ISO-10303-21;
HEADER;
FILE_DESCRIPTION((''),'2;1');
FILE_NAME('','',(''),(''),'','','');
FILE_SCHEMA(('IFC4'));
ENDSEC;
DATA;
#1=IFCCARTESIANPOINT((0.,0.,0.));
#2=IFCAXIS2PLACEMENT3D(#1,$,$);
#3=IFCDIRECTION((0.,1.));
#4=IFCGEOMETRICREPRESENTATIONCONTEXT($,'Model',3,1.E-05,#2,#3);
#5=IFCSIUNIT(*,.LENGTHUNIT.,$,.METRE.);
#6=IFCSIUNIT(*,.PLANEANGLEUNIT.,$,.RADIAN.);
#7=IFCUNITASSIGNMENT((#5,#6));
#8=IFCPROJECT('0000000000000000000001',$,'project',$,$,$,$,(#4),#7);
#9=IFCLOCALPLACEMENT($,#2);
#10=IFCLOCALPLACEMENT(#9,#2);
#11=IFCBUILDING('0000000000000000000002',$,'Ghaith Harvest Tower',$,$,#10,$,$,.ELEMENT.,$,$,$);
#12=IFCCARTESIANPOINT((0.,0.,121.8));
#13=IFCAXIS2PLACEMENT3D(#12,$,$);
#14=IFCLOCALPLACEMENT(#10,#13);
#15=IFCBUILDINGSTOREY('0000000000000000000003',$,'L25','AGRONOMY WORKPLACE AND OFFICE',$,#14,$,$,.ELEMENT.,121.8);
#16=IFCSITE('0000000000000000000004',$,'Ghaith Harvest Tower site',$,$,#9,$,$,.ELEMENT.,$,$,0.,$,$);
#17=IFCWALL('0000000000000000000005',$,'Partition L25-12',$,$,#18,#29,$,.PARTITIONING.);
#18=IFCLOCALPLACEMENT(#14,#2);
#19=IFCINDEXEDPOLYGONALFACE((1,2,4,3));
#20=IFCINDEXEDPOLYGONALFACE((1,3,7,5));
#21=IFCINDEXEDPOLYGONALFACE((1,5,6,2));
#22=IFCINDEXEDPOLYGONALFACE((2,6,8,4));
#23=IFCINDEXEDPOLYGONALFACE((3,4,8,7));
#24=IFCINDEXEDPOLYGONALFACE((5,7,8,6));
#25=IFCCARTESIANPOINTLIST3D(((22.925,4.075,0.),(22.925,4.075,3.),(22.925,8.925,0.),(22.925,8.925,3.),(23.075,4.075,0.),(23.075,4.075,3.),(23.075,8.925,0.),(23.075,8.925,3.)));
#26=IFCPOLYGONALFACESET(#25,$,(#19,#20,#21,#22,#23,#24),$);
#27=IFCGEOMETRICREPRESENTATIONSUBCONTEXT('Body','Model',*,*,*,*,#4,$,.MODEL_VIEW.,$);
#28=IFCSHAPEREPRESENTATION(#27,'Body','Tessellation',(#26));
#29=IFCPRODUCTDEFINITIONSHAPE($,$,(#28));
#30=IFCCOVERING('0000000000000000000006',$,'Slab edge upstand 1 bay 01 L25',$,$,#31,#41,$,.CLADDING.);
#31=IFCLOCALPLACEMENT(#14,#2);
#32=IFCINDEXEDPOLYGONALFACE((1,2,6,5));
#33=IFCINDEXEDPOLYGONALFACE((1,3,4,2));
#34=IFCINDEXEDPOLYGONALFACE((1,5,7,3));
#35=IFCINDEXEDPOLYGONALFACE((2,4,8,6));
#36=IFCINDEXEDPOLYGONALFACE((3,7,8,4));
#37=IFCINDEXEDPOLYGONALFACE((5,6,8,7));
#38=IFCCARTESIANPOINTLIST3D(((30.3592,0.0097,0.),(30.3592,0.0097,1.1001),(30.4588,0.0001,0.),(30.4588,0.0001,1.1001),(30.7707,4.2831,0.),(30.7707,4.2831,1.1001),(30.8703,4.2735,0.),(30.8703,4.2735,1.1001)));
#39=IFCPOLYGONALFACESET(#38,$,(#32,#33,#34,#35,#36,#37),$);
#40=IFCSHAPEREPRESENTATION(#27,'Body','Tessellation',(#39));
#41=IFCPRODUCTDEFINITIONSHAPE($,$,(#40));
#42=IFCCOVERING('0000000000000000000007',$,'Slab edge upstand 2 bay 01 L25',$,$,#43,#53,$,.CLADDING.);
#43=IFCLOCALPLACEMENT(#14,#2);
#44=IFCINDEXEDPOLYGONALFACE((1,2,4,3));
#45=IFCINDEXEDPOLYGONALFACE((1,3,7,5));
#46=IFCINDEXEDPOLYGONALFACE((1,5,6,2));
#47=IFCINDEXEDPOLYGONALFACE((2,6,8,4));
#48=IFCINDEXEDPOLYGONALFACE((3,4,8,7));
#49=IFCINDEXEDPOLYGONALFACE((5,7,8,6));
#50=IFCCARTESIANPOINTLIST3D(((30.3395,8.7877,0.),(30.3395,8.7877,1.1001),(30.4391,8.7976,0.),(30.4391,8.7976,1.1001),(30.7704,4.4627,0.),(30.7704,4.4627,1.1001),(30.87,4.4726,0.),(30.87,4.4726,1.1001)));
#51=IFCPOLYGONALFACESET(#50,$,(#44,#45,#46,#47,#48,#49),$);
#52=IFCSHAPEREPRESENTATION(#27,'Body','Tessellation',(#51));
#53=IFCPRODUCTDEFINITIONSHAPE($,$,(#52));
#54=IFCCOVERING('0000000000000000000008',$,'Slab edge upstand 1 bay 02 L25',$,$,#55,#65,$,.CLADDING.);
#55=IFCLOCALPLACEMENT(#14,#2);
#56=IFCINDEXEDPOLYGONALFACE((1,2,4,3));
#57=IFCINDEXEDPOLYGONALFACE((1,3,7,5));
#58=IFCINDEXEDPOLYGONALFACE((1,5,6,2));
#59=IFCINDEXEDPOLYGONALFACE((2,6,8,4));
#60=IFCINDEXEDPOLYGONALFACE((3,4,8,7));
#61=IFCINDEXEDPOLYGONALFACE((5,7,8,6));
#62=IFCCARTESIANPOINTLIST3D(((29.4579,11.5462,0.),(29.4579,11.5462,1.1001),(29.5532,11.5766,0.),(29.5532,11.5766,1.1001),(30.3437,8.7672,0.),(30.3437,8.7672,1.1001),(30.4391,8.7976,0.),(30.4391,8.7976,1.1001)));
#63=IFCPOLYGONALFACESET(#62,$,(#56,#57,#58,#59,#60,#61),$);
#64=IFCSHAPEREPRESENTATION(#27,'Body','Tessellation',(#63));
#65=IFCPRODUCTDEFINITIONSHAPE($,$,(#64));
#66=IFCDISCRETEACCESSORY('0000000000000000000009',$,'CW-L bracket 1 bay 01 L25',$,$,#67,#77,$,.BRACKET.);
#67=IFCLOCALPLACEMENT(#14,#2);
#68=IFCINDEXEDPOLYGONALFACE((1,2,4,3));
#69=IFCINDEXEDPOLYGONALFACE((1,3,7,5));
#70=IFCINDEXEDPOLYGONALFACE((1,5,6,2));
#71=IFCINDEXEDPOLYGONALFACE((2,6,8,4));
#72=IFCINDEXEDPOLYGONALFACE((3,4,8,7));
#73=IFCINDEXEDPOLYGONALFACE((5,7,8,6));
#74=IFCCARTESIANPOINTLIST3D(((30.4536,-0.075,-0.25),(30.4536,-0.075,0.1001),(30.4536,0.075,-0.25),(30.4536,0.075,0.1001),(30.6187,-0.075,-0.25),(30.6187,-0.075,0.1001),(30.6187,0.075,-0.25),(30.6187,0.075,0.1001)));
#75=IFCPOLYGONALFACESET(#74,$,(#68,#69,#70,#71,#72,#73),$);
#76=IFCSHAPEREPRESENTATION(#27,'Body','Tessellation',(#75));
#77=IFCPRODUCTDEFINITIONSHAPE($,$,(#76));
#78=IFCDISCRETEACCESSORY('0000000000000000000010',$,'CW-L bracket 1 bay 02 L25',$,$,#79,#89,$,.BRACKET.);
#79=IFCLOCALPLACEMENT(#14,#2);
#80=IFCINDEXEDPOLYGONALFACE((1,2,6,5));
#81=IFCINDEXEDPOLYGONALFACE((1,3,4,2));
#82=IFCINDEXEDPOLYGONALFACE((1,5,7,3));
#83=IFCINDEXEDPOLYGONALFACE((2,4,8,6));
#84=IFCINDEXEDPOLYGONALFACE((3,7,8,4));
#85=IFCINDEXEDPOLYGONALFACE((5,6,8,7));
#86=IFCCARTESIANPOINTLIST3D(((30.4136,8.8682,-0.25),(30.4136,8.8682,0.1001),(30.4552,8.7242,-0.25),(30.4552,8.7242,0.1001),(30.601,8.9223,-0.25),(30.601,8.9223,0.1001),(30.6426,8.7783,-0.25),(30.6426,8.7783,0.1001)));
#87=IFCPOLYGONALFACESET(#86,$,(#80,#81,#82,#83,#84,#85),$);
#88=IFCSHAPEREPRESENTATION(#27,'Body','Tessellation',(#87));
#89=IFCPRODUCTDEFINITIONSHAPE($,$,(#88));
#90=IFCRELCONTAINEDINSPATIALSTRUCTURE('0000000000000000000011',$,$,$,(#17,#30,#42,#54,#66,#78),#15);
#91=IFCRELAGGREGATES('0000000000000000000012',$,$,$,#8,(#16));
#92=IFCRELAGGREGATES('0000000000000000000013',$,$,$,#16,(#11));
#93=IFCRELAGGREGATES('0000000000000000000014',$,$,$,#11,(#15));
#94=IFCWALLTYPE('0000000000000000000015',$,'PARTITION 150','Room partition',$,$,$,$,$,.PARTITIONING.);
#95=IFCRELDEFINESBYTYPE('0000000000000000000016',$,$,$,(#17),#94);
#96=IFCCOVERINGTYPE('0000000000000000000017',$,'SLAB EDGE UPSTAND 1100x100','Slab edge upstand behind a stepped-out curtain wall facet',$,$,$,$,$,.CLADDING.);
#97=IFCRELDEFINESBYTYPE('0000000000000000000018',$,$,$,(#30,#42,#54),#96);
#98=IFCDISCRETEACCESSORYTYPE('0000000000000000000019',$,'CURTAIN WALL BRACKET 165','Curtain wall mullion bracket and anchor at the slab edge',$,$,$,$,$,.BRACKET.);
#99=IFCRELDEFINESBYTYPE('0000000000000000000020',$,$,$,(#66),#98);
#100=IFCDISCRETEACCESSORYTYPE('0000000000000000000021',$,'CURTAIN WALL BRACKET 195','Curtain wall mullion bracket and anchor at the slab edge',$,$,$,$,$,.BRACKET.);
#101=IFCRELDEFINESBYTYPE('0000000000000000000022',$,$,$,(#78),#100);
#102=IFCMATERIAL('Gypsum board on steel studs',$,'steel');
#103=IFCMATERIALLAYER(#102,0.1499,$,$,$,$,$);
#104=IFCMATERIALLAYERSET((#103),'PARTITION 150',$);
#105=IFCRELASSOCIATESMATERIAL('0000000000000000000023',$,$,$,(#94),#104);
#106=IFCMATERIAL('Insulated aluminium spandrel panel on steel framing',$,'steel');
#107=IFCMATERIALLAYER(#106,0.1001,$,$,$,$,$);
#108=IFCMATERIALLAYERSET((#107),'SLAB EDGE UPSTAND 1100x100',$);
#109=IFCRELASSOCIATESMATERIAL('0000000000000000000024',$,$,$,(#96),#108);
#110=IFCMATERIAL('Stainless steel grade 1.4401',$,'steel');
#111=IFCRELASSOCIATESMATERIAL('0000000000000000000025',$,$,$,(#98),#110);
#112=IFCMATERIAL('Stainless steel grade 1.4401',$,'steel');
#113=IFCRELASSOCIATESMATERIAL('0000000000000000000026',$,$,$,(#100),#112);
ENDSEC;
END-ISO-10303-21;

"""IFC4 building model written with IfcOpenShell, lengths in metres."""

from ifc_helpers import new_model, si_unit, direction, frame, frame_2d, origin, origin_2d, place, context, subcontext, project, spatial, rectangle, extrude, material, layer, layer_set, type_object, element, save


model = new_model("IFC4")

# Units and contexts
model_context = context("Model", 3, precision=1e-05, world=origin(), true_north=direction((0.0, 1.0)))
body_context = subcontext(model_context, "Body", "Model", "MODEL_VIEW")
ifc_project = project(units=[si_unit("LENGTHUNIT", "METRE"), si_unit("PLANEANGLEUNIT", "RADIAN")], contexts=[model_context])

# Site, building, storey
site_placement = place(None, origin())
site = spatial("IfcSite", under=ifc_project, at=site_placement, Name="Ghaith Harvest Tower site", CompositionType="ELEMENT", RefElevation=0.0)
building_placement = place(site_placement, origin())
building = spatial("IfcBuilding", under=site, at=building_placement, Name="Ghaith Harvest Tower", CompositionType="ELEMENT")
storey_placement = place(building_placement, frame((0.0, 0.0, 121.8)))
storey = spatial("IfcBuildingStorey", under=building, at=storey_placement, Name="L25", Description="AGRONOMY WORKPLACE AND OFFICE", CompositionType="ELEMENT", Elevation=121.8)

# Shared definitions
ifc_material_1 = material(Name="Gypsum board on steel studs", Category="steel")
ifc_layer_1 = layer(ifc_material_1, 0.1499)
ifc_layer_set_1 = layer_set([ifc_layer_1], Name="PARTITION 150")
wall_type_1 = type_object("IfcWallType", Name="PARTITION 150", Description="Room partition", PredefinedType="PARTITIONING", material=ifc_layer_set_1)

# Wall
wall_1_placement = place(storey_placement, frame((23.0, 4.075, 0.0), z_axis=(0.0, 0.0, 1.0), x_axis=(0.0, 1.0, 0.0)))
element("IfcWall", 1, at=wall_1_placement, inside=storey, type_object=wall_type_1, Name="Partition L25-12", PredefinedType="PARTITIONING", context=body_context, shape_type="SweptSolid", body=[
    extrude(rectangle(XDim=4.8501, YDim=0.1499, at=frame_2d((2.425, 0.0))), origin(), (0.0, 0.0, 1.0), 3.0),
])

# Coverings
ifc_material_2 = material(Name="Insulated aluminium spandrel panel on steel framing", Category="steel")
ifc_layer_2 = layer(ifc_material_2, 0.1001)
ifc_layer_set_2 = layer_set([ifc_layer_2], Name="SLAB EDGE UPSTAND 1100x100")
covering_type = type_object("IfcCoveringType", Name="SLAB EDGE UPSTAND 1100x100", Description="Slab edge upstand behind a stepped-out curtain wall facet", PredefinedType="CLADDING", material=ifc_layer_set_2)
covering_1_placement = place(storey_placement, frame((30.6147, 2.1416, 0.0), z_axis=(0.0, 0.0, 1.0), x_axis=(0.095861, 0.995395, 0.0)))
element("IfcCovering", 2, at=covering_1_placement, inside=storey, type_object=covering_type, Name="Slab edge upstand 1 bay 01 L25", PredefinedType="CLADDING", context=body_context, shape_type="SweptSolid", body=[
    extrude(rectangle(XDim=4.2932, YDim=0.1001, at=origin_2d()), origin(), (0.0, 0.0, 1.0), 1.1001),
])
covering_2_placement = place(storey_placement, frame((30.6047, 6.6301, 0.0), z_axis=(0.0, 0.0, 1.0), x_axis=(-0.099132, 0.995074, 0.0)))
element("IfcCovering", 3, at=covering_2_placement, inside=storey, type_object=covering_type, Name="Slab edge upstand 2 bay 01 L25", PredefinedType="CLADDING", context=body_context, shape_type="SweptSolid", body=[
    extrude(rectangle(XDim=4.3464, YDim=0.1001, at=origin_2d()), origin(), (0.0, 0.0, 1.0), 1.1001),
])
covering_3_placement = place(storey_placement, frame((29.9485, 10.1719, 0.0), z_axis=(0.0, 0.0, 1.0), x_axis=(-0.303717, 0.952762, 0.0)))
element("IfcCovering", 4, at=covering_3_placement, inside=storey, type_object=covering_type, Name="Slab edge upstand 1 bay 02 L25", PredefinedType="CLADDING", context=body_context, shape_type="SweptSolid", body=[
    extrude(rectangle(XDim=2.9167, YDim=0.1001, at=origin_2d()), origin(), (0.0, 0.0, 1.0), 1.1001),
])

# Discrete accessories
ifc_material_3 = material(Name="Stainless steel grade 1.4401", Category="steel")
discrete_accessory_type_1 = type_object("IfcDiscreteAccessoryType", Name="CURTAIN WALL BRACKET 165", Description="Curtain wall mullion bracket and anchor at the slab edge", PredefinedType="BRACKET", material=ifc_material_3)
discrete_accessory_1_placement = place(storey_placement, frame((30.5361, 0.0, -0.25), z_axis=(0.0, 0.0, 1.0), x_axis=(1.0, 0.0, 0.0)))
element("IfcDiscreteAccessory", 5, at=discrete_accessory_1_placement, inside=storey, type_object=discrete_accessory_type_1, Name="CW-L bracket 1 bay 01 L25", PredefinedType="BRACKET", context=body_context, shape_type="SweptSolid", body=[
    extrude(rectangle(XDim=0.165, YDim=0.1499, at=origin_2d()), origin(), (0.0, 0.0, 1.0), 0.3501),
])
ifc_material_4 = material(Name="Stainless steel grade 1.4401", Category="steel")
discrete_accessory_type_2 = type_object("IfcDiscreteAccessoryType", Name="CURTAIN WALL BRACKET 195", Description="Curtain wall mullion bracket and anchor at the slab edge", PredefinedType="BRACKET", material=ifc_material_4)
discrete_accessory_2_placement = place(storey_placement, frame((30.5281, 8.8232, -0.25), z_axis=(0.0, 0.0, 1.0), x_axis=(0.96068, 0.277657, 0.0)))
element("IfcDiscreteAccessory", 6, at=discrete_accessory_2_placement, inside=storey, type_object=discrete_accessory_type_2, Name="CW-L bracket 1 bay 02 L25", PredefinedType="BRACKET", context=body_context, shape_type="SweptSolid", body=[
    extrude(rectangle(XDim=0.1951, YDim=0.1499, at=origin_2d()), origin(), (0.0, 0.0, 1.0), 0.3501),
])

save(model, "model.ifc")
